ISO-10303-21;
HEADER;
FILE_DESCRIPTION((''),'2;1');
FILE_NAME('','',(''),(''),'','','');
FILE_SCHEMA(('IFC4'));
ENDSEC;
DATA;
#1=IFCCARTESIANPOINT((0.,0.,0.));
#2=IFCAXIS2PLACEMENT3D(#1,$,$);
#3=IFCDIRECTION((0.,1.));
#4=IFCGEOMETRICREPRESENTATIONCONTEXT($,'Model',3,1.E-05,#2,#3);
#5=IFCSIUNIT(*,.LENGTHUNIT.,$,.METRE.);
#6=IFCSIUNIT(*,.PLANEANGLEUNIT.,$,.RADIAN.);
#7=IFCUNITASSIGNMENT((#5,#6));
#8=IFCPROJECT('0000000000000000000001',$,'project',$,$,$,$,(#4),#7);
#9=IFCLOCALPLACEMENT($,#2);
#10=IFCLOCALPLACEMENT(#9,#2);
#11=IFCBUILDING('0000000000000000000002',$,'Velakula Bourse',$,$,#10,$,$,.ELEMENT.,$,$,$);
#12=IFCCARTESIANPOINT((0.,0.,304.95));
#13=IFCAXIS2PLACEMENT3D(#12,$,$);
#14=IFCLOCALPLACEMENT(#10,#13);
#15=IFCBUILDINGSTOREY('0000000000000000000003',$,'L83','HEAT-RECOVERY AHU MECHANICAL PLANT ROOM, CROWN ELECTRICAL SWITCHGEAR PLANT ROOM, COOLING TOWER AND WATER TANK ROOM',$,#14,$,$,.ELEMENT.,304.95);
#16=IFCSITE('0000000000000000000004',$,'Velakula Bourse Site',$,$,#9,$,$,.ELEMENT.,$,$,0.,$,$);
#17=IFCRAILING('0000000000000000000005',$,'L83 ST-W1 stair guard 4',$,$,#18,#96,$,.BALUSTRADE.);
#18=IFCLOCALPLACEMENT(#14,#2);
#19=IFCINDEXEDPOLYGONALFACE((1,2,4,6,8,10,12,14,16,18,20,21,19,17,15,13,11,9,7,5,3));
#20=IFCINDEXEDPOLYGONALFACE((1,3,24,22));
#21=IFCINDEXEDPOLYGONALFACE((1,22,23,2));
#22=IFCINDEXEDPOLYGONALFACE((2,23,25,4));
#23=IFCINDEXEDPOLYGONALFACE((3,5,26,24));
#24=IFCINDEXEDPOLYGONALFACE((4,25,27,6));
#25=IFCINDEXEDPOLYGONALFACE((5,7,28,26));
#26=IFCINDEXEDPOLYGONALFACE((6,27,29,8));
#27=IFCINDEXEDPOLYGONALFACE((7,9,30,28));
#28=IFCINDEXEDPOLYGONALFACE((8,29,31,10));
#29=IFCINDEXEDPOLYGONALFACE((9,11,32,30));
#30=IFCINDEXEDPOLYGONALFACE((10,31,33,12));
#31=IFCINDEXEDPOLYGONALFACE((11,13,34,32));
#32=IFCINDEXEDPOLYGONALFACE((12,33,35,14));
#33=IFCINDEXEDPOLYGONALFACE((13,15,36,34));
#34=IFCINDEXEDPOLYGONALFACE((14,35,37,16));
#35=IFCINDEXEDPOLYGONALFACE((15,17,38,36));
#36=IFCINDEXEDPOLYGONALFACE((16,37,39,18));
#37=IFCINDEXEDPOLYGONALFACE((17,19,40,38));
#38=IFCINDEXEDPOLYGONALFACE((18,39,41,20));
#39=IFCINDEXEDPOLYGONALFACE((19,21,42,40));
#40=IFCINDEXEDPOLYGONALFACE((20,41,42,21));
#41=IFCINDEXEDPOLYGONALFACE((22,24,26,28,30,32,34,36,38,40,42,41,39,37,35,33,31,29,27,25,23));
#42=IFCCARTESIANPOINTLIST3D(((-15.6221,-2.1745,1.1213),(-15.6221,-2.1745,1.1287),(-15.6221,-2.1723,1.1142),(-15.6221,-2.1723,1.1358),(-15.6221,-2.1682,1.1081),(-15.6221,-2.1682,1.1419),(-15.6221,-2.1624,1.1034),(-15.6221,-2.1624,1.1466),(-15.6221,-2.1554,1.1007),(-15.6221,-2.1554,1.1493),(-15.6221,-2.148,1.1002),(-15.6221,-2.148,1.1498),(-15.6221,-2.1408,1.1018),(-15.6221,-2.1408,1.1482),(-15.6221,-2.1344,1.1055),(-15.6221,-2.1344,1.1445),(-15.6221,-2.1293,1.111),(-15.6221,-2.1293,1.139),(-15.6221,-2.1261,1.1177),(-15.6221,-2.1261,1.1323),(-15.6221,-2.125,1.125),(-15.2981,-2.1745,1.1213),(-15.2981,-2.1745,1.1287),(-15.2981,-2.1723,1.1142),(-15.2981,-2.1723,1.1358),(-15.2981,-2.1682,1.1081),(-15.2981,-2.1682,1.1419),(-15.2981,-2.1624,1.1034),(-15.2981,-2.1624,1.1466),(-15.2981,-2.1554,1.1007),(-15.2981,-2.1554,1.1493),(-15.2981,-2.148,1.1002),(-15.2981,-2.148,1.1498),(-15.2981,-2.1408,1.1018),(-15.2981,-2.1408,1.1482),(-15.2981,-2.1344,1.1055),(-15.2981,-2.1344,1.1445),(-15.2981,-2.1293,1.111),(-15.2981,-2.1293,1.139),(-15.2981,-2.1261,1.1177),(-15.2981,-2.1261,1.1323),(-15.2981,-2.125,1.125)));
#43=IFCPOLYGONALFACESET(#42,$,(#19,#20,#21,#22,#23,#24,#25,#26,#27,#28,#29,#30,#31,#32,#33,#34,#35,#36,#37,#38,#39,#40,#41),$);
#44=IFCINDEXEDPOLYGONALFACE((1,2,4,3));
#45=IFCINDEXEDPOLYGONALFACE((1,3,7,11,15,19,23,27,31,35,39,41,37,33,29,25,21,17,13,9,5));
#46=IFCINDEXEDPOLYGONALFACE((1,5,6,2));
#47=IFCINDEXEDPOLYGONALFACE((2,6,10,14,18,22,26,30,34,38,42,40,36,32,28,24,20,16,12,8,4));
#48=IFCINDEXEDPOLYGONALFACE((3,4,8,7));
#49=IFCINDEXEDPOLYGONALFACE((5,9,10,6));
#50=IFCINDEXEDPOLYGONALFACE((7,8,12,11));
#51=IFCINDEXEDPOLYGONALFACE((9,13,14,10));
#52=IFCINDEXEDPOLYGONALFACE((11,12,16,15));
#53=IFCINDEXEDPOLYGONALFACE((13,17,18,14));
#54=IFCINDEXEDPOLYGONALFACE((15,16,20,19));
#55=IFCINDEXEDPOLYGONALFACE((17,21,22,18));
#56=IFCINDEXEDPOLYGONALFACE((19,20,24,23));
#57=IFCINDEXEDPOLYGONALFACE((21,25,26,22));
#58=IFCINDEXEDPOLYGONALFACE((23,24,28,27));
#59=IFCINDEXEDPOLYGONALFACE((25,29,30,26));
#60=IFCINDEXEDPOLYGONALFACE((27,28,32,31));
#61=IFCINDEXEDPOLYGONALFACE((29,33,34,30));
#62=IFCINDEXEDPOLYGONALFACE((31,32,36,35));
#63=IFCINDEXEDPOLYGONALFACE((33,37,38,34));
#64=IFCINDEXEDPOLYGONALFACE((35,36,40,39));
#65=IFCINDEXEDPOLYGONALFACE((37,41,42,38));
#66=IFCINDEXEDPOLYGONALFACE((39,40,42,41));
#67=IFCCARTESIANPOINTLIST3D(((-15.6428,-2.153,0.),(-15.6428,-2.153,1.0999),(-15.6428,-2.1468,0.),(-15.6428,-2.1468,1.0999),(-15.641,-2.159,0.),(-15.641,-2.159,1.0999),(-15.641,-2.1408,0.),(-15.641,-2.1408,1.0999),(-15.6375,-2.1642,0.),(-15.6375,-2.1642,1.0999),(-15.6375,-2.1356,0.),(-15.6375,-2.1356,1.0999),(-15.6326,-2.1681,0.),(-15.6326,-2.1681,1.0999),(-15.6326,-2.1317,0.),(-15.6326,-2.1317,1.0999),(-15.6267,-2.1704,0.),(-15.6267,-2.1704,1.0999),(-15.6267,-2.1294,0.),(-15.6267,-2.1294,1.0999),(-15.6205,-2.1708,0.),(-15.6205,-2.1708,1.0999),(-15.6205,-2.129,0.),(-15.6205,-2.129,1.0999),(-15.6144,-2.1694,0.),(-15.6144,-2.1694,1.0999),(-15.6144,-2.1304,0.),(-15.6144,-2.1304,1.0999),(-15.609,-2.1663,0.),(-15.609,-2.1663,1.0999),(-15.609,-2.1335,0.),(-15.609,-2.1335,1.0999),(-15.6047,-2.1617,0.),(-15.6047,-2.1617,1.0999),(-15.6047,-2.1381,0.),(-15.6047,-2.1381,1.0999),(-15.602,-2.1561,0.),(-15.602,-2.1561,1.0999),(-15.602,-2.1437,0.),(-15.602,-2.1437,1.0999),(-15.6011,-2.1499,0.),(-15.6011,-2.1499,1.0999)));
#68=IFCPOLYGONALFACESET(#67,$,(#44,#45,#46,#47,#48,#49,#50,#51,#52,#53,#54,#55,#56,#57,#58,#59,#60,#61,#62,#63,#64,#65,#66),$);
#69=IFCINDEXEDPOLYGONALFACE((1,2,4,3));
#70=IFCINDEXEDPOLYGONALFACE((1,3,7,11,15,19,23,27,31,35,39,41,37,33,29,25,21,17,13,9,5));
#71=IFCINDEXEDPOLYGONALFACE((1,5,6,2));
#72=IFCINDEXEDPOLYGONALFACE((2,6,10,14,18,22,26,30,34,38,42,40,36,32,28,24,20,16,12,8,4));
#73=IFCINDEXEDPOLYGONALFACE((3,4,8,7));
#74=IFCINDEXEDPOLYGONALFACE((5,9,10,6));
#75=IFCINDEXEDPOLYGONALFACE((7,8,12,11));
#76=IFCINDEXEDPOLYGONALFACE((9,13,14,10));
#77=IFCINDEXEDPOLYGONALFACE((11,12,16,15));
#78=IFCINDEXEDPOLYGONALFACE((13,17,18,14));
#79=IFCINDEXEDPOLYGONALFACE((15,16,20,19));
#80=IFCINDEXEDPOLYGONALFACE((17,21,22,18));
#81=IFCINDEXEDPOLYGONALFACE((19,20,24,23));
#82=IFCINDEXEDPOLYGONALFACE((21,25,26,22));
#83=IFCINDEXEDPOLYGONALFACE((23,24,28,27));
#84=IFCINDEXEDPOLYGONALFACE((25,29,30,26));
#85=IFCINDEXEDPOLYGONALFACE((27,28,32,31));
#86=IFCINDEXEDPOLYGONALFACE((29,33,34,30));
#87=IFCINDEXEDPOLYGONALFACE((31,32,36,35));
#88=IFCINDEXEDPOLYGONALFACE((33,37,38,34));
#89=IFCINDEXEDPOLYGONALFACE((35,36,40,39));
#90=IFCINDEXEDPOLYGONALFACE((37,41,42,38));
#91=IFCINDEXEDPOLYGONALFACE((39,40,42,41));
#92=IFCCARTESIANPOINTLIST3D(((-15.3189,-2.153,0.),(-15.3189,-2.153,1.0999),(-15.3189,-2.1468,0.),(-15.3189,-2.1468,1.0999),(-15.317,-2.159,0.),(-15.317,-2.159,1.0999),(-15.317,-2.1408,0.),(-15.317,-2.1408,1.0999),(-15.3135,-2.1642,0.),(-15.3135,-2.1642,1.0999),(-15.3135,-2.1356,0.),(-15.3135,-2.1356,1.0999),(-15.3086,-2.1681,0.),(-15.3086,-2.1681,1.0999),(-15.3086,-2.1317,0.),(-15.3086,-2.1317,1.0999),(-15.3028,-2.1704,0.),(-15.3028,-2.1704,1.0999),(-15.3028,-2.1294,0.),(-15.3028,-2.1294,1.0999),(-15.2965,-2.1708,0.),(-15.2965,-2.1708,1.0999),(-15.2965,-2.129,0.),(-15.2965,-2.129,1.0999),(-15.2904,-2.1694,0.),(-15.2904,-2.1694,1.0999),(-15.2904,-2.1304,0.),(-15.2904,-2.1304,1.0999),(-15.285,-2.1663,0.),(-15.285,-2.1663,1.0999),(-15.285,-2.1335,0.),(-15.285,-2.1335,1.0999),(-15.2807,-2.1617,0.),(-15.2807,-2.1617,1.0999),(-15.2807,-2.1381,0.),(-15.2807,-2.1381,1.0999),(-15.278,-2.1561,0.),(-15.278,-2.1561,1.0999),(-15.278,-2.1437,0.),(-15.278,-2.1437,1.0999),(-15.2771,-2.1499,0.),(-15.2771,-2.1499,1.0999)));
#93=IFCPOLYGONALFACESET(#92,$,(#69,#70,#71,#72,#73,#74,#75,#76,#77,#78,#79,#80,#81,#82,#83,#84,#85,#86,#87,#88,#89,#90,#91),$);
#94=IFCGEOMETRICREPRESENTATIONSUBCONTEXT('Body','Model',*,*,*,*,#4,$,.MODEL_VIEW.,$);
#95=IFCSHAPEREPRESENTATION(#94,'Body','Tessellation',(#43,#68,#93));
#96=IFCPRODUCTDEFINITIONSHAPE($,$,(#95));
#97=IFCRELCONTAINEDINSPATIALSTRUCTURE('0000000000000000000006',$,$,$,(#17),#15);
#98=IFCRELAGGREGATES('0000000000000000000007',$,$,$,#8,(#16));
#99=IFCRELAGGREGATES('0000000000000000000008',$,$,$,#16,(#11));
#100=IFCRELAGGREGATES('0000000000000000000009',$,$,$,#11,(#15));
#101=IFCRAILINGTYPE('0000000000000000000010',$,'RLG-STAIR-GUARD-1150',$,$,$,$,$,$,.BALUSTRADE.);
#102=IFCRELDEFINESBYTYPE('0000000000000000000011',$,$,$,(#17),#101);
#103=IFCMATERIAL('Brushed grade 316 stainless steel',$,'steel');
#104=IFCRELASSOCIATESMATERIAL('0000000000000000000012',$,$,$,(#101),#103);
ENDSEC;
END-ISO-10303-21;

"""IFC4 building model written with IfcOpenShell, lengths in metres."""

from ifc_helpers import new_model, si_unit, direction, frame, origin, origin_2d, place, context, subcontext, project, spatial, circle, extrude, material, type_object, element, save


model = new_model("IFC4")

# Units and contexts
model_context = context("Model", 3, precision=1e-05, world=origin(), true_north=direction((0.0, 1.0)))
body_context = subcontext(model_context, "Body", "Model", "MODEL_VIEW")
ifc_project = project(units=[si_unit("LENGTHUNIT", "METRE"), si_unit("PLANEANGLEUNIT", "RADIAN")], contexts=[model_context])

# Site, building, storey
site_placement = place(None, origin())
site = spatial("IfcSite", under=ifc_project, at=site_placement, Name="Velakula Bourse Site", CompositionType="ELEMENT", RefElevation=0.0)
building_placement = place(site_placement, origin())
building = spatial("IfcBuilding", under=site, at=building_placement, Name="Velakula Bourse", CompositionType="ELEMENT")
storey_placement = place(building_placement, frame((0.0, 0.0, 304.95)))
storey = spatial("IfcBuildingStorey", under=building, at=storey_placement, Name="L83", Description="HEAT-RECOVERY AHU MECHANICAL PLANT ROOM, CROWN ELECTRICAL SWITCHGEAR PLANT ROOM, COOLING TOWER AND WATER TANK ROOM", CompositionType="ELEMENT", Elevation=304.95)

# Shared definitions
ifc_material_1 = material(Name="Brushed grade 316 stainless steel", Category="steel")

# Railing
railing_type_1 = type_object("IfcRailingType", Name="RLG-STAIR-GUARD-1150", PredefinedType="BALUSTRADE", material=ifc_material_1)
railing_1_placement = place(storey_placement, frame((-15.6221, -2.1499, 0.0)))
element("IfcRailing", 1, at=railing_1_placement, inside=storey, type_object=railing_type_1, Name="L83 ST-W1 stair guard 4", PredefinedType="BALUSTRADE", context=body_context, shape_type="SweptSolid", body=[
    extrude(circle(Radius=0.0249, at=origin_2d()), frame((0.0, 0.0, 1.125), z_axis=(1.0, 0.0, 0.0), x_axis=(0.0, 1.0, 0.0)), (0.0, 0.0, 1.0), 0.324),
    extrude(circle(Radius=0.021, at=origin_2d()), origin(), (0.0, 0.0, 1.0), 1.0999),
    extrude(circle(Radius=0.021, at=origin_2d()), frame((0.324, 0.0, 0.0)), (0.0, 0.0, 1.0), 1.0999),
])

save(model, "model.ifc")
